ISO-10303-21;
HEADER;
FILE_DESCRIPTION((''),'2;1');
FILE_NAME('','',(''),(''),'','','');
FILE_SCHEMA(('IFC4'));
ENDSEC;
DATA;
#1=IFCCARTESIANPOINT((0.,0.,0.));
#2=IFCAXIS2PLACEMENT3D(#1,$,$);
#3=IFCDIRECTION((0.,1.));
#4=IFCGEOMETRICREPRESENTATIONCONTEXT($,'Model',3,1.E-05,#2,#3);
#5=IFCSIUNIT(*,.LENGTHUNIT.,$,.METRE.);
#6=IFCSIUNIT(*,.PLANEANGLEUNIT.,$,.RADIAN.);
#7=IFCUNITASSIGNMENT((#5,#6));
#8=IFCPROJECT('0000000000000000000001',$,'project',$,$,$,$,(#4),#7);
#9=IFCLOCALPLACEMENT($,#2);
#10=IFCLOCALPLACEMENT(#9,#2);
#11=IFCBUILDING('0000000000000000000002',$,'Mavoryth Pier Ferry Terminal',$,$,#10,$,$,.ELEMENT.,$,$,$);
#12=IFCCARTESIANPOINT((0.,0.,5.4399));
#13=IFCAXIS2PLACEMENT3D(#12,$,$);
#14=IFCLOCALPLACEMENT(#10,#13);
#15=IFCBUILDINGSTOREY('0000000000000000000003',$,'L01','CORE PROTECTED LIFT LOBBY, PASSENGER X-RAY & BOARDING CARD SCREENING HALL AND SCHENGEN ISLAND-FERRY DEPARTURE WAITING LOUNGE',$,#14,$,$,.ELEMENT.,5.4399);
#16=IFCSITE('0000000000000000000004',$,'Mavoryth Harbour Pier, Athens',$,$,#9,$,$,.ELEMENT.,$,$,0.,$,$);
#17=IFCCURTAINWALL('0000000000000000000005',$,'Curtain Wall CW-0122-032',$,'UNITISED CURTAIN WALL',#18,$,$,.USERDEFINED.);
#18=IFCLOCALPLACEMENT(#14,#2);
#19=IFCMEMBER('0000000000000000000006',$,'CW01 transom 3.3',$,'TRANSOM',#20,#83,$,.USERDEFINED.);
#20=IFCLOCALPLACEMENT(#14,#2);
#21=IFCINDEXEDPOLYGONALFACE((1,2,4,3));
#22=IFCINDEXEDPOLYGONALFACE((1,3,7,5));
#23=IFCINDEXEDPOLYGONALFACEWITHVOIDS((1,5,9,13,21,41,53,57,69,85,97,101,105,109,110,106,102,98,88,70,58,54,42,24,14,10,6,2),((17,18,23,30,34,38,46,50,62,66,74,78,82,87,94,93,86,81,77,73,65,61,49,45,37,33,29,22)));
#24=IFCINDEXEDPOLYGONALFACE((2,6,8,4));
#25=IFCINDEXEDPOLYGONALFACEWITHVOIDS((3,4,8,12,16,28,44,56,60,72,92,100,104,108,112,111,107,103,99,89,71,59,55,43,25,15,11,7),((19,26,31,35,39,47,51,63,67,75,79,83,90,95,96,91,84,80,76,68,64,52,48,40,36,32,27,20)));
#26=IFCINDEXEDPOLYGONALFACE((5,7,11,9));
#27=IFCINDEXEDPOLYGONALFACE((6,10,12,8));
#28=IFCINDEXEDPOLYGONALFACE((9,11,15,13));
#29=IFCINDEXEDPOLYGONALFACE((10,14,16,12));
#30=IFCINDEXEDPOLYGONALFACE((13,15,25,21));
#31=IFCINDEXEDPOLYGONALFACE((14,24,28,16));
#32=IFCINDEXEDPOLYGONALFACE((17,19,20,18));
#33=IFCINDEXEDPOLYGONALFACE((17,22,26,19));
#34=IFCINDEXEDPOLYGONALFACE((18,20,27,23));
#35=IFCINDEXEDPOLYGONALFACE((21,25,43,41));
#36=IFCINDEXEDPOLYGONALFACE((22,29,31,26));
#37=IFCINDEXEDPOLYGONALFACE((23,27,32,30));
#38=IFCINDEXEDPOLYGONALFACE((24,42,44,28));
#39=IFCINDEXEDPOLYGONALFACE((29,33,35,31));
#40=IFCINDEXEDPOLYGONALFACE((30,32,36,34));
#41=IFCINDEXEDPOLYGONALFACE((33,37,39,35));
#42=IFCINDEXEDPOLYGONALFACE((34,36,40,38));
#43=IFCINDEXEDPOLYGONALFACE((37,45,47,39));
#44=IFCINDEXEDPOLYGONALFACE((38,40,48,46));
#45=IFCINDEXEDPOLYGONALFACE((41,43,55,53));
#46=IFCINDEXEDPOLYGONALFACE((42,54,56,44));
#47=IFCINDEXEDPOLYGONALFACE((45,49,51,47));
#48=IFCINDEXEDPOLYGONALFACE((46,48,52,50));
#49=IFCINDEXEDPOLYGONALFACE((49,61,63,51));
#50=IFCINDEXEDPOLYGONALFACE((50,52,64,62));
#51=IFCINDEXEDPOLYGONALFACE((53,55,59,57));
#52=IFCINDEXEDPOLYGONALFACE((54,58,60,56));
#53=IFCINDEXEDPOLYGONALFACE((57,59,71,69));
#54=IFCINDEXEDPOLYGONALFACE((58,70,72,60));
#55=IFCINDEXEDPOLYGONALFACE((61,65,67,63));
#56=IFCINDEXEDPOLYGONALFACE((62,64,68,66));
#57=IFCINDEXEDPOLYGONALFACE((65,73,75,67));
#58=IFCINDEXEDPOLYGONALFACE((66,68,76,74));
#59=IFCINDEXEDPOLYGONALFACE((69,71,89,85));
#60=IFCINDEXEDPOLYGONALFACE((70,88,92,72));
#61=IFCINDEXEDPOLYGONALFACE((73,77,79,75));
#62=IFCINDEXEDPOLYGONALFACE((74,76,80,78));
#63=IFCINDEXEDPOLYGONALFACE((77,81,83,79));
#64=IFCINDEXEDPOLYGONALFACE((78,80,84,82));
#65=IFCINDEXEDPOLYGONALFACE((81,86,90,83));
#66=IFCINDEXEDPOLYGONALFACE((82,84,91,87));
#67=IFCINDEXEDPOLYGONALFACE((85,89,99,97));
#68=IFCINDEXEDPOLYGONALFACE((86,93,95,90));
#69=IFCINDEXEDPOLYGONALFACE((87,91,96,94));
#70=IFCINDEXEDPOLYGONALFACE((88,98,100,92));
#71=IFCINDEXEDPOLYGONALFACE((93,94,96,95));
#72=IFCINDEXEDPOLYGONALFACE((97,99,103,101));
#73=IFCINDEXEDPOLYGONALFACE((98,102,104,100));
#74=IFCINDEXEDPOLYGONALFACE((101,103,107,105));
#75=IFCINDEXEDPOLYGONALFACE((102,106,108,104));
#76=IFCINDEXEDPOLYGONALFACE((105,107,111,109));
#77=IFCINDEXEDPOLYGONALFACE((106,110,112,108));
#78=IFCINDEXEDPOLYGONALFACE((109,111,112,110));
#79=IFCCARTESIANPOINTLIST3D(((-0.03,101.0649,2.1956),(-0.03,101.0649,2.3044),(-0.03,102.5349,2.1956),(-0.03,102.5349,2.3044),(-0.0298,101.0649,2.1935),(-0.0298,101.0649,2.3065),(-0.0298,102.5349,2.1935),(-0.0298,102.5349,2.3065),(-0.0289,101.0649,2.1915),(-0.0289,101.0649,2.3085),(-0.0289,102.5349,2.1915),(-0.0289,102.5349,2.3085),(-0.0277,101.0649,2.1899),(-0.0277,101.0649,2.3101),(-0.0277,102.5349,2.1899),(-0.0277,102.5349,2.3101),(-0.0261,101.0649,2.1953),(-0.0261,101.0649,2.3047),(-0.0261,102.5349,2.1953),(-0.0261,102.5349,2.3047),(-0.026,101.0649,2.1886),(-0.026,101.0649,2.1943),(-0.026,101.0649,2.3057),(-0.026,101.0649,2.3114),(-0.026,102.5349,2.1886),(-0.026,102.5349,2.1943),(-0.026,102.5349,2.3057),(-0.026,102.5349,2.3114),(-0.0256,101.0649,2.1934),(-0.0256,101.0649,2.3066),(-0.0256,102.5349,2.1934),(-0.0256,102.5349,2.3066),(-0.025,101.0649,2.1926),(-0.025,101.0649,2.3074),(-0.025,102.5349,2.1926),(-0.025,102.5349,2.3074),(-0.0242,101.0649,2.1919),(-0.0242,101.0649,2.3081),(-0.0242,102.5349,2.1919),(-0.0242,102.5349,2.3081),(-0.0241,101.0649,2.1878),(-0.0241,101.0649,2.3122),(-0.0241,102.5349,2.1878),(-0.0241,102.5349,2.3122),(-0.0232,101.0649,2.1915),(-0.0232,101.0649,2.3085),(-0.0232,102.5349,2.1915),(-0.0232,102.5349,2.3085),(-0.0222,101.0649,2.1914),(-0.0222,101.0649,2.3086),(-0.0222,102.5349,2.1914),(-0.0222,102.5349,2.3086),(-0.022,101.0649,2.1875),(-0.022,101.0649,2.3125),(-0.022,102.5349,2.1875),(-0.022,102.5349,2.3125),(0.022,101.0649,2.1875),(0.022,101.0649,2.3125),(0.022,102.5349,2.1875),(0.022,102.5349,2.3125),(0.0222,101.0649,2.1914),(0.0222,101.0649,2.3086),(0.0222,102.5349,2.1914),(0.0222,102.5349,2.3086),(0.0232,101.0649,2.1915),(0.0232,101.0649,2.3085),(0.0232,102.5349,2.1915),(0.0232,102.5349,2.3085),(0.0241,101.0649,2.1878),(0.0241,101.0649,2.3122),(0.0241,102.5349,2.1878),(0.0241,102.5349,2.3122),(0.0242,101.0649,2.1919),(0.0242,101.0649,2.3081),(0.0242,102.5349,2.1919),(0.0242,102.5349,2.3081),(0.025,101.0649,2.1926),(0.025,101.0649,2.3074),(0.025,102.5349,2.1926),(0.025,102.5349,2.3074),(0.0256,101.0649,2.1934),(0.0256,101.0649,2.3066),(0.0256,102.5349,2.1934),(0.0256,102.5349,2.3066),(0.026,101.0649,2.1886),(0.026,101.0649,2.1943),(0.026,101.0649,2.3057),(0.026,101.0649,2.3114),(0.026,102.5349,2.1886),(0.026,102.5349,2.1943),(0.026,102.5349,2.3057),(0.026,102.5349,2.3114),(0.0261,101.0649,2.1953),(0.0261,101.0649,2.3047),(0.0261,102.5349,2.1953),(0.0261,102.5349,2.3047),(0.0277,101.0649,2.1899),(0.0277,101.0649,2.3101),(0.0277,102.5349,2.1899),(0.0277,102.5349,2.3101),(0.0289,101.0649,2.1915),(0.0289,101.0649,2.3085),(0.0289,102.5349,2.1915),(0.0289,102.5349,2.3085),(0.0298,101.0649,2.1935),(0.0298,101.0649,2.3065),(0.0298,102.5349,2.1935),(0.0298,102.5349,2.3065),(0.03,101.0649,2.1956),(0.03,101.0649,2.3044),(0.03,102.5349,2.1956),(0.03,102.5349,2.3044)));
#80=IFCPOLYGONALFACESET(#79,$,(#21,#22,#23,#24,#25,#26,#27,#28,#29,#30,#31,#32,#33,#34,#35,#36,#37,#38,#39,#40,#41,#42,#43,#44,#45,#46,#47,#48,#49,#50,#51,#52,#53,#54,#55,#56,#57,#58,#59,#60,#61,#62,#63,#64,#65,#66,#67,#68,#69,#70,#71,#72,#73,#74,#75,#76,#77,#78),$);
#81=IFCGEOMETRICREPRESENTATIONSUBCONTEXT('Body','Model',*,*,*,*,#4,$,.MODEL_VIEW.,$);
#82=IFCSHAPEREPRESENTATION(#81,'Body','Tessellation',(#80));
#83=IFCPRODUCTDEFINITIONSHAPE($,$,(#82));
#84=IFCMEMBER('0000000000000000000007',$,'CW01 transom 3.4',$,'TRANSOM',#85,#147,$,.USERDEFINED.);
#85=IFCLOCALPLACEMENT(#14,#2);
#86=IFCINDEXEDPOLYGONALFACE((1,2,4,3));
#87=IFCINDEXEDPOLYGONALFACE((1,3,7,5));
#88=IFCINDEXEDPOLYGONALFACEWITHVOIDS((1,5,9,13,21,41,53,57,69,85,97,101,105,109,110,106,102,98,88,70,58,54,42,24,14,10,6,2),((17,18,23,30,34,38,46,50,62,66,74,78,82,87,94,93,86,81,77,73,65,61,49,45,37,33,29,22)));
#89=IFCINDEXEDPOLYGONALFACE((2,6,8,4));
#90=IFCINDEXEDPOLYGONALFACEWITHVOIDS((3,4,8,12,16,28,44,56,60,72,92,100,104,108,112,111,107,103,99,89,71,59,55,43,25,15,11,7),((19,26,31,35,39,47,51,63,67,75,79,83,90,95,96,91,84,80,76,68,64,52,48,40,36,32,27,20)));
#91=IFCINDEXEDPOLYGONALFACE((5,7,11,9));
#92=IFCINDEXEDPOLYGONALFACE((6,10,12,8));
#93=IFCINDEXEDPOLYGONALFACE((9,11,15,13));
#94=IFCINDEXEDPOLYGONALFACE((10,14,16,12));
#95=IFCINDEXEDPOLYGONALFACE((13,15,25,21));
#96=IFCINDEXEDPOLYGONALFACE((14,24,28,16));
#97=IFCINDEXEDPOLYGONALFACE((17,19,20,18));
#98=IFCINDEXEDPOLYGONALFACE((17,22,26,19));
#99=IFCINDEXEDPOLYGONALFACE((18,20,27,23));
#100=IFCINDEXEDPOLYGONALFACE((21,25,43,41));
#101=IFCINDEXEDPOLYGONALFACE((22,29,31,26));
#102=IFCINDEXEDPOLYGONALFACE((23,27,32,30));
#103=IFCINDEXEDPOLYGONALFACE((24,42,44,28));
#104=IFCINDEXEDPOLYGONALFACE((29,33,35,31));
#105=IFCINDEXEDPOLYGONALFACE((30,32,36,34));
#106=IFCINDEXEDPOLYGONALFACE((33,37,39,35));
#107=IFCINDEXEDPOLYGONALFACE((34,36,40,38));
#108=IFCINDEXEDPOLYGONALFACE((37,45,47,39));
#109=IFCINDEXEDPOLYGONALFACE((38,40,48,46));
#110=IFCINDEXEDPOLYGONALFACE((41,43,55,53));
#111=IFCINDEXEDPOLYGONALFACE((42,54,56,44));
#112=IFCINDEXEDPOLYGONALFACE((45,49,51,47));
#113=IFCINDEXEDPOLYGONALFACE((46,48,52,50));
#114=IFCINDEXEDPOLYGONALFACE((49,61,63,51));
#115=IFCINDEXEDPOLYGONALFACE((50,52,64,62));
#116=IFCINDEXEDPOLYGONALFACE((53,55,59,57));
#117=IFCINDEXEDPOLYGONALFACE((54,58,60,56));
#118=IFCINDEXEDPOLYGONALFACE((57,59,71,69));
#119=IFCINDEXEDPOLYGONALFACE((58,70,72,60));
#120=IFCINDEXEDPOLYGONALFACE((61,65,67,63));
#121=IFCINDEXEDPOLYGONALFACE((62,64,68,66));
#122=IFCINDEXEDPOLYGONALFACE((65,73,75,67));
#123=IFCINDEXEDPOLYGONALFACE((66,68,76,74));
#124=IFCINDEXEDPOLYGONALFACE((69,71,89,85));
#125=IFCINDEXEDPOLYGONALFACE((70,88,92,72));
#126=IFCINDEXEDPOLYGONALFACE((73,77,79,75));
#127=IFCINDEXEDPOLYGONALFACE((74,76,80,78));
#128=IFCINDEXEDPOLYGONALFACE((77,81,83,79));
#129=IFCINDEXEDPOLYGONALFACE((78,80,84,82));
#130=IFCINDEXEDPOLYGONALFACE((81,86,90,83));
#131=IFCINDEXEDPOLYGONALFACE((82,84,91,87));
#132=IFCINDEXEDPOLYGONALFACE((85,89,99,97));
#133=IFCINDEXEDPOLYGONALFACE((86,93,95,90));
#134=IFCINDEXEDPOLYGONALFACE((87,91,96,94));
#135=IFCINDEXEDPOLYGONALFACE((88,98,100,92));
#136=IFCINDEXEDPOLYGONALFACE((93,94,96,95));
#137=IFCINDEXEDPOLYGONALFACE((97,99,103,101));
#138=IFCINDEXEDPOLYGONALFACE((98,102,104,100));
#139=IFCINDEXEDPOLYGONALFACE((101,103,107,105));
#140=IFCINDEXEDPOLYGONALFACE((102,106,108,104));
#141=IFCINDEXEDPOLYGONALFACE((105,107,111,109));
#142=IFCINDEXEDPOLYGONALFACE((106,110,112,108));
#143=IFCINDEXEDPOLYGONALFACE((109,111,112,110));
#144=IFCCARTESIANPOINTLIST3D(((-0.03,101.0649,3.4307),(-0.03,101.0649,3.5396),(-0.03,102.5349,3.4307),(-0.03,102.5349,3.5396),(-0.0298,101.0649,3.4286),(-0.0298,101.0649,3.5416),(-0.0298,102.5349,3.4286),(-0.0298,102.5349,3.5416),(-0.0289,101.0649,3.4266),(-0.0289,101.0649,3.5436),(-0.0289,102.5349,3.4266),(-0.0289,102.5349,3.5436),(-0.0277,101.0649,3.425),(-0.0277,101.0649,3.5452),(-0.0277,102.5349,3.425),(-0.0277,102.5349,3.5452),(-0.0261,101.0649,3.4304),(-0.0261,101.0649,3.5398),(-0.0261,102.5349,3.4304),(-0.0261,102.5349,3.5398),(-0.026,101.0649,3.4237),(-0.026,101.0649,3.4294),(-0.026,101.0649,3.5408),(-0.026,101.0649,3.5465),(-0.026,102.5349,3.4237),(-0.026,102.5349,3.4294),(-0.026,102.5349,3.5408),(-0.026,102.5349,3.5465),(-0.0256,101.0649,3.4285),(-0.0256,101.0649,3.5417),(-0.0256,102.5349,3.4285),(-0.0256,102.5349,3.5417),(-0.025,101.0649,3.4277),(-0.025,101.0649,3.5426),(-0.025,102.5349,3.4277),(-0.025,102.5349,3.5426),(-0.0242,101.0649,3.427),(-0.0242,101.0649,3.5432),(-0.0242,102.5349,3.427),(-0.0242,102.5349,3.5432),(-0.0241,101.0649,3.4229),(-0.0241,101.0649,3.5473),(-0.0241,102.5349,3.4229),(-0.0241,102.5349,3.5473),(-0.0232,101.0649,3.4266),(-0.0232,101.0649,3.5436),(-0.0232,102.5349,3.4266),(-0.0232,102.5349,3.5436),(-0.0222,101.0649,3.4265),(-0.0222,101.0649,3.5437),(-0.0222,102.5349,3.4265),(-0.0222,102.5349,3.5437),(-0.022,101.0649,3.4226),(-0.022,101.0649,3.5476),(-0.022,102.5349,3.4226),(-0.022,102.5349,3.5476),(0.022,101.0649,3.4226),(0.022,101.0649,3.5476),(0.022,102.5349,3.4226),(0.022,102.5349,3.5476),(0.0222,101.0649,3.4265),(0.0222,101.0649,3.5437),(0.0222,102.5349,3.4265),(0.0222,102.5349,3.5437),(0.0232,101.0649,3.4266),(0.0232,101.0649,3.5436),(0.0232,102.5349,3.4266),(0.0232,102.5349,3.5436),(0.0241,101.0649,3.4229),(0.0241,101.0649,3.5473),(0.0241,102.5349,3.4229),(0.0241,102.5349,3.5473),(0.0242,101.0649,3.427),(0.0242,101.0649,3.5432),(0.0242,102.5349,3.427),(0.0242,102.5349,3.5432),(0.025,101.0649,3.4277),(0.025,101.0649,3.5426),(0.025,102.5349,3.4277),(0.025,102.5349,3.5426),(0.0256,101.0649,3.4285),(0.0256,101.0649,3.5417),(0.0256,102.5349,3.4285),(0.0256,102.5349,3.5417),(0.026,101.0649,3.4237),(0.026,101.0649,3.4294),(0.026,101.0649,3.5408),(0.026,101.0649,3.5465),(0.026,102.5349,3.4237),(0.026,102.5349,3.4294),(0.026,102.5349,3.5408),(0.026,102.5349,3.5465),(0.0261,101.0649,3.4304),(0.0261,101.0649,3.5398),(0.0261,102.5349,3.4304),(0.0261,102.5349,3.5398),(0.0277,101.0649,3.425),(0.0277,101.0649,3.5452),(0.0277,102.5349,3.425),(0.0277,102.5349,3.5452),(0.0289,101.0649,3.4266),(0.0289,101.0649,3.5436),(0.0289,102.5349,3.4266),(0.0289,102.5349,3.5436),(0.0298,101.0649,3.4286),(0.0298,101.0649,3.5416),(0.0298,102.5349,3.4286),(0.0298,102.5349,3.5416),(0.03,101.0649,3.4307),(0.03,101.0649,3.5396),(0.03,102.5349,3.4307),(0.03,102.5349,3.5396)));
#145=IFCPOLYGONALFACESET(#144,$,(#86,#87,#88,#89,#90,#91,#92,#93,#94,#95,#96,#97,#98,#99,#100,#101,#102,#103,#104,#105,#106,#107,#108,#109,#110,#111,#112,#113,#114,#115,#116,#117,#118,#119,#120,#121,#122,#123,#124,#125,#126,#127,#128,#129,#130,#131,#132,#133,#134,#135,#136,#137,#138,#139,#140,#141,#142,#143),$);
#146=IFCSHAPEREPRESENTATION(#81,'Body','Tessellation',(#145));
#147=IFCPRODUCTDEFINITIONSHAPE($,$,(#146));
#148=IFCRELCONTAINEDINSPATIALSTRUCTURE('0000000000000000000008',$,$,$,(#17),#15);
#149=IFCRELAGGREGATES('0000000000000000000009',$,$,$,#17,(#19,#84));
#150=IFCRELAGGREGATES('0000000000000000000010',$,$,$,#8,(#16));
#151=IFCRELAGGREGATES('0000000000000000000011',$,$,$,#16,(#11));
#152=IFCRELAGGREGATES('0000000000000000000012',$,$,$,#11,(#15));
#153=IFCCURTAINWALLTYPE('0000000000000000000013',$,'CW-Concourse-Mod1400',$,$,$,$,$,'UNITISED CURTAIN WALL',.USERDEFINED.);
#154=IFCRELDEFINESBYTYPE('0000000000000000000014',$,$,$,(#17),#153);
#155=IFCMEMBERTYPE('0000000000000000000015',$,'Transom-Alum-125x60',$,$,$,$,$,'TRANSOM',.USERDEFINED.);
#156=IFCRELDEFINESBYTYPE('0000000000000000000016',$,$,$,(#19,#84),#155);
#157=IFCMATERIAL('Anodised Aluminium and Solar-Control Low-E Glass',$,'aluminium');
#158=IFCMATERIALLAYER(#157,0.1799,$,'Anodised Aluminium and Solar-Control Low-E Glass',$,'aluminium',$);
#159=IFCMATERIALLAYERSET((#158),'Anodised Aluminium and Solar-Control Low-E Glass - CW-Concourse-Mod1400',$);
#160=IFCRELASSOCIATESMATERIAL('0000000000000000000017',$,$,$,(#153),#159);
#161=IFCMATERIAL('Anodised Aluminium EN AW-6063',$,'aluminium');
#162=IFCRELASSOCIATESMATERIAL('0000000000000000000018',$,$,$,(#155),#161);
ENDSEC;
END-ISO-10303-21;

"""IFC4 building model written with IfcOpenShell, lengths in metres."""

from ifc_helpers import new_model, si_unit, direction, frame, origin, origin_2d, place, context, subcontext, project, spatial, hollow_rectangle, extrude, material, layer, layer_set, material_profile, profile_set, type_object, element, aggregate, save


model = new_model("IFC4")

# Units and contexts
model_context = context("Model", 3, precision=1e-05, world=origin(), true_north=direction((0.0, 1.0)))
body_context = subcontext(model_context, "Body", "Model", "MODEL_VIEW")
ifc_project = project(units=[si_unit("LENGTHUNIT", "METRE"), si_unit("PLANEANGLEUNIT", "RADIAN")], contexts=[model_context])

# Site, building, storey
site_placement = place(None, origin())
site = spatial("IfcSite", under=ifc_project, at=site_placement, Name="Mavoryth Harbour Pier, Athens", CompositionType="ELEMENT", RefElevation=0.0)
building_placement = place(site_placement, origin())
building = spatial("IfcBuilding", under=site, at=building_placement, Name="Mavoryth Pier Ferry Terminal", CompositionType="ELEMENT")
storey_placement = place(building_placement, frame((0.0, 0.0, 5.4399)))
storey = spatial("IfcBuildingStorey", under=building, at=storey_placement, Name="L01", Description="CORE PROTECTED LIFT LOBBY, PASSENGER X-RAY & BOARDING CARD SCREENING HALL AND SCHENGEN ISLAND-FERRY DEPARTURE WAITING LOUNGE", CompositionType="ELEMENT", Elevation=5.4399)

# Curtain wall
ifc_material_1 = material(Name="Anodised Aluminium and Solar-Control Low-E Glass", Category="aluminium")
ifc_layer_1 = layer(ifc_material_1, 0.1799, Name="Anodised Aluminium and Solar-Control Low-E Glass", Category="aluminium")
ifc_layer_set_1 = layer_set([ifc_layer_1], Name="Anodised Aluminium and Solar-Control Low-E Glass - CW-Concourse-Mod1400")
curtain_wall_type = type_object("IfcCurtainWallType", Name="CW-Concourse-Mod1400", ElementType="UNITISED CURTAIN WALL", PredefinedType="USERDEFINED", material=ifc_layer_set_1)
curtain_wall_placement = place(storey_placement, origin())
curtain_wall = element("IfcCurtainWall", 1, at=curtain_wall_placement, inside=storey, type_object=curtain_wall_type, Name="Curtain Wall CW-0122-032", ObjectType="UNITISED CURTAIN WALL", PredefinedType="USERDEFINED")
ifc_material_2 = material(Name="Anodised Aluminium EN AW-6063", Category="aluminium")

# Members
ifc_material_profile_1 = material_profile(ifc_material_2, hollow_rectangle(XDim=0.0601, YDim=0.125, WallThickness=0.0039, InnerFilletRadius=0.0039, OuterFilletRadius=0.0081, at=origin_2d()), Name="AL-TRAN 125x60x4", Category="aluminium")
ifc_profile_set_1 = profile_set([ifc_material_profile_1], Name="Anodised Aluminium EN AW-6063 - AL-TRAN 125x60x4")
member_type_1 = type_object("IfcMemberType", Name="Transom-Alum-125x60", ElementType="TRANSOM", PredefinedType="USERDEFINED", material=ifc_profile_set_1)
member_1_placement = place(storey_placement, frame((0.0, 102.5349, 2.25), z_axis=(0.0, -1.0, 0.0), x_axis=(1.0, 0.0, 0.0)))
member_1 = element("IfcMember", 2, at=member_1_placement, type_object=member_type_1, Name="CW01 transom 3.3", ObjectType="TRANSOM", PredefinedType="USERDEFINED", context=body_context, shape_type="SweptSolid", body=[
    extrude(hollow_rectangle(XDim=0.0601, YDim=0.125, WallThickness=0.0039, InnerFilletRadius=0.0039, OuterFilletRadius=0.0081, at=origin_2d()), origin(), (0.0, 0.0, 1.0), 1.47),
])
member_2_placement = place(storey_placement, frame((0.0, 102.5349, 3.4851), z_axis=(0.0, -1.0, 0.0), x_axis=(1.0, 0.0, 0.0)))
member_2 = element("IfcMember", 3, at=member_2_placement, type_object=member_type_1, Name="CW01 transom 3.4", ObjectType="TRANSOM", PredefinedType="USERDEFINED", context=body_context, shape_type="SweptSolid", body=[
    extrude(hollow_rectangle(XDim=0.0601, YDim=0.125, WallThickness=0.0039, InnerFilletRadius=0.0039, OuterFilletRadius=0.0081, at=origin_2d()), origin(), (0.0, 0.0, 1.0), 1.47),
])

aggregate(curtain_wall, [member_1, member_2])

save(model, "model.ifc")
